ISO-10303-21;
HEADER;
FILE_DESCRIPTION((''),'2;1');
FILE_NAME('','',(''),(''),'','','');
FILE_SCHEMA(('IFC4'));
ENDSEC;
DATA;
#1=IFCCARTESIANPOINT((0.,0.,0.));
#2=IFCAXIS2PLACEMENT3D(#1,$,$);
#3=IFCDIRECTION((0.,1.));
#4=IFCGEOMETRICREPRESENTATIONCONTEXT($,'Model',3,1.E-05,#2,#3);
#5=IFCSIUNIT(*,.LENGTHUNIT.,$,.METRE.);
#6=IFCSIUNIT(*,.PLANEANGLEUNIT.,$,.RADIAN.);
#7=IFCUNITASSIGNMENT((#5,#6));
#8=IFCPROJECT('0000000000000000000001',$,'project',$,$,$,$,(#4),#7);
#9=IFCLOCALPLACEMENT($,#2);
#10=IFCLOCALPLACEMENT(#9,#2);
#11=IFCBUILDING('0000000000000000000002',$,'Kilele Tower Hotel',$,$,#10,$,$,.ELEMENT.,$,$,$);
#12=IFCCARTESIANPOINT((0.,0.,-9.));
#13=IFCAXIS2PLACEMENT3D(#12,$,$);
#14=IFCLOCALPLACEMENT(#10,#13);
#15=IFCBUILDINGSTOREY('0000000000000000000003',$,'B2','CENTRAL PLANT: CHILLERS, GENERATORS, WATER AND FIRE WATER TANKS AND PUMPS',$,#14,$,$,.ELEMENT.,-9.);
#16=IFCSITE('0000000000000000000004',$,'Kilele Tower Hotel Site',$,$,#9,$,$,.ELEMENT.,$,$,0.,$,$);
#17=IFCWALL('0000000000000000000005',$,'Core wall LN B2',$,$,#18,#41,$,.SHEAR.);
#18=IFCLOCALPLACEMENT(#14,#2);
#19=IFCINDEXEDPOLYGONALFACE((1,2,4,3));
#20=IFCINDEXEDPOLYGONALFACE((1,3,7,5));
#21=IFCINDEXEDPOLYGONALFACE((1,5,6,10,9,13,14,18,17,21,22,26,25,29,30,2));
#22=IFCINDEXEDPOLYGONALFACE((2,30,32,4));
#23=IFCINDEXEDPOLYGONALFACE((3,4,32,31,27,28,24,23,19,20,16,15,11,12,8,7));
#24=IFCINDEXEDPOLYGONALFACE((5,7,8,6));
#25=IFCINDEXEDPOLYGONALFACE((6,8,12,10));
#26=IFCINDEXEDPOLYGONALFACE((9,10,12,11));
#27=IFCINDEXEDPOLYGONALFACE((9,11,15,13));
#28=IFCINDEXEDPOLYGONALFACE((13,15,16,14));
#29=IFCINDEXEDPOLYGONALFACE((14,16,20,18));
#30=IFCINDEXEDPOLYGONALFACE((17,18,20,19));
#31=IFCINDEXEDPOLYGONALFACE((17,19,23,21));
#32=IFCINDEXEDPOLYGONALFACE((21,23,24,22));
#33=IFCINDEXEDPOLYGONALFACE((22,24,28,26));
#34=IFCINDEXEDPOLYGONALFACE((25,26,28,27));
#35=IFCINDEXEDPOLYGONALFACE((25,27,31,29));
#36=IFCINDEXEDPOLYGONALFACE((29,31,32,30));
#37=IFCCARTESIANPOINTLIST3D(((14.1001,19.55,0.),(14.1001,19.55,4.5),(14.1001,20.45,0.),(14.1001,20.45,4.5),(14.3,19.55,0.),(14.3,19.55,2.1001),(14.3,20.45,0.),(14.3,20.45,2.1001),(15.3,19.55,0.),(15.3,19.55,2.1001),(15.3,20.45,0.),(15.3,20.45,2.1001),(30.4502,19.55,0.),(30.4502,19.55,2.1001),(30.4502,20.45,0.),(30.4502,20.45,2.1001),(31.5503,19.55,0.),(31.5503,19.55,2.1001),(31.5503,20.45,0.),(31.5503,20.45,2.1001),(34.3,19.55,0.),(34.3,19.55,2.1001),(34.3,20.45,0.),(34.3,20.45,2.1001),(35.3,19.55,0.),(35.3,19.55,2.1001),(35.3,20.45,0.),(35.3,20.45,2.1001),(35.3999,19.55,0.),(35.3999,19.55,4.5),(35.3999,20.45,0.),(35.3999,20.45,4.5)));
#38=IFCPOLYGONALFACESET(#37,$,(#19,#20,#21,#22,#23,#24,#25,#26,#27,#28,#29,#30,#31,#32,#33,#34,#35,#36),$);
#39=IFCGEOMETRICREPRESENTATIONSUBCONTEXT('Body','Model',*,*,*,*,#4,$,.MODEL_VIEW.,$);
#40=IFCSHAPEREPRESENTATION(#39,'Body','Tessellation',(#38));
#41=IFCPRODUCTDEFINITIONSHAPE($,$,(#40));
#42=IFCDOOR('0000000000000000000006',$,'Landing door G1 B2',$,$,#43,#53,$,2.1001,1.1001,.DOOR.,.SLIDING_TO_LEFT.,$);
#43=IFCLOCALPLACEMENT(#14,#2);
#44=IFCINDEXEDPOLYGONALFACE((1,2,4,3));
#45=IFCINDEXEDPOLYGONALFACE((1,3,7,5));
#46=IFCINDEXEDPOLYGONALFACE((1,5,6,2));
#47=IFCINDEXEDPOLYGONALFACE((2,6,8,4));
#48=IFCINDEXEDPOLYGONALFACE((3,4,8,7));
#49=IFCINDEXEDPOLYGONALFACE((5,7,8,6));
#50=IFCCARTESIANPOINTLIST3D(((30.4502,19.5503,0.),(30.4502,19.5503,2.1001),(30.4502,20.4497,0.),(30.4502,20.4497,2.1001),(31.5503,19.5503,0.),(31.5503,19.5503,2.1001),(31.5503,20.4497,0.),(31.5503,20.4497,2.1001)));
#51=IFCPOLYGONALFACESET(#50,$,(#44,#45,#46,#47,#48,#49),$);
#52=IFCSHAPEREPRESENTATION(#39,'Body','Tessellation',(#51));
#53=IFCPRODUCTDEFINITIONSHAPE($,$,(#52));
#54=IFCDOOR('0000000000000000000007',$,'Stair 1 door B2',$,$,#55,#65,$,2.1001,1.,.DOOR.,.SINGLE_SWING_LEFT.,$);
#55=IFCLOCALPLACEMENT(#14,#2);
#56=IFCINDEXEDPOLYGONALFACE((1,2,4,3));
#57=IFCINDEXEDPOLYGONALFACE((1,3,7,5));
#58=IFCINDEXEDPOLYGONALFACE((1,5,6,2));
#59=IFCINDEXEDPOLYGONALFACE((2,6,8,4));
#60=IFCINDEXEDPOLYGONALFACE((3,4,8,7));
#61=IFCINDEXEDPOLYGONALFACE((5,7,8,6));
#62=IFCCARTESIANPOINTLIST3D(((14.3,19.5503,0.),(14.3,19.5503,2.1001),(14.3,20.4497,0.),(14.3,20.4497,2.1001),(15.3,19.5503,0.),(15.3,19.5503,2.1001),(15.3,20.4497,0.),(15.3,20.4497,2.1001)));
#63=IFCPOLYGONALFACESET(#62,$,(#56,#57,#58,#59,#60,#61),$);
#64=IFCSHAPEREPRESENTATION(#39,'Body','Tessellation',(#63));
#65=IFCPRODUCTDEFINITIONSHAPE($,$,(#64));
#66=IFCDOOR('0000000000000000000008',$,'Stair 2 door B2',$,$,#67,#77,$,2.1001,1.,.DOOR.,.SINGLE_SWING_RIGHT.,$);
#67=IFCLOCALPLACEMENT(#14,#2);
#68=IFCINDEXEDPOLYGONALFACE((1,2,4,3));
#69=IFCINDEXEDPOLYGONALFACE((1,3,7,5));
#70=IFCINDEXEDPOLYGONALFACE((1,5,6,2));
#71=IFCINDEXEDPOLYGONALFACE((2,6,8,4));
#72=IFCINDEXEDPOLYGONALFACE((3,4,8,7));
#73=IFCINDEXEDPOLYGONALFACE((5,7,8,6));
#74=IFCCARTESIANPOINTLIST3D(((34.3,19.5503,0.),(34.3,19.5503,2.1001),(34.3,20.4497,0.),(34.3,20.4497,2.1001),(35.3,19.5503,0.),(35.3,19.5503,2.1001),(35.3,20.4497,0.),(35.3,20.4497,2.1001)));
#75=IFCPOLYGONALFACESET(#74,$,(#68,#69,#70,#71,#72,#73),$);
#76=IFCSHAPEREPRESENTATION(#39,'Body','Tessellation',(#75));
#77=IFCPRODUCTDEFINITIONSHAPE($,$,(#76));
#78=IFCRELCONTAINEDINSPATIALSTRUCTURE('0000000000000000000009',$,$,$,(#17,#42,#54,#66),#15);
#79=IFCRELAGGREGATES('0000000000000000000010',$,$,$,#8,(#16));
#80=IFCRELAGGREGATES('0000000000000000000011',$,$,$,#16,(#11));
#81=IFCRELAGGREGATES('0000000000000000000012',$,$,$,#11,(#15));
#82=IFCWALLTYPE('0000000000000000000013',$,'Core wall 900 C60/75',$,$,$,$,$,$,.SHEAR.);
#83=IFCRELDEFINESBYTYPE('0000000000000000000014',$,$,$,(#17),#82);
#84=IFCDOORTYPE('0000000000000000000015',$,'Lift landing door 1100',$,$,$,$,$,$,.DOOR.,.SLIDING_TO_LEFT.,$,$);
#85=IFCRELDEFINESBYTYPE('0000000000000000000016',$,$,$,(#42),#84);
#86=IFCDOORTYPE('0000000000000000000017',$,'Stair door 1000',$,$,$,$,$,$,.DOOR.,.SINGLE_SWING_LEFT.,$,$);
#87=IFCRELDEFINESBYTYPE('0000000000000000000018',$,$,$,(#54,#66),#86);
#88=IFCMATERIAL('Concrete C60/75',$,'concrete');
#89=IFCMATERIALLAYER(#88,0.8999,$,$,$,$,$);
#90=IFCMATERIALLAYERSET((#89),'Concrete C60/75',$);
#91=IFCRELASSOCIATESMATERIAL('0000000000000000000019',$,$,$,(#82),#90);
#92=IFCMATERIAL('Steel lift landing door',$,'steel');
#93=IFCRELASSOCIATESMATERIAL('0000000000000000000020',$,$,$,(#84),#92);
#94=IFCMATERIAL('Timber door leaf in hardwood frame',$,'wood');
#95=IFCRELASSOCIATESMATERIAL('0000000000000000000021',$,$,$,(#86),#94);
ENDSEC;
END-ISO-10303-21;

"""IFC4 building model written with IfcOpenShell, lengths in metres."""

from ifc_helpers import new_model, si_unit, direction, frame, frame_2d, origin, place, context, subcontext, project, spatial, rectangle, extrude, material, layer, layer_set, type_object, element, fill, save


model = new_model("IFC4")

# Units and contexts
model_context = context("Model", 3, precision=1e-05, world=origin(), true_north=direction((0.0, 1.0)))
body_context = subcontext(model_context, "Body", "Model", "MODEL_VIEW")
ifc_project = project(units=[si_unit("LENGTHUNIT", "METRE"), si_unit("PLANEANGLEUNIT", "RADIAN")], contexts=[model_context])

# Site, building, storey
site_placement = place(None, origin())
site = spatial("IfcSite", under=ifc_project, at=site_placement, Name="Kilele Tower Hotel Site", CompositionType="ELEMENT", RefElevation=0.0)
building_placement = place(site_placement, origin())
building = spatial("IfcBuilding", under=site, at=building_placement, Name="Kilele Tower Hotel", CompositionType="ELEMENT")
storey_placement = place(building_placement, frame((0.0, 0.0, -9.0)))
storey = spatial("IfcBuildingStorey", under=building, at=storey_placement, Name="B2", Description="CENTRAL PLANT: CHILLERS, GENERATORS, WATER AND FIRE WATER TANKS AND PUMPS", CompositionType="ELEMENT", Elevation=-9.0)

# Shared definitions
ifc_material_1 = material(Name="Concrete C60/75", Category="concrete")
ifc_layer_1 = layer(ifc_material_1, 0.8999)
ifc_layer_set_1 = layer_set([ifc_layer_1], Name="Concrete C60/75")
wall_type_1 = type_object("IfcWallType", Name="Core wall 900 C60/75", PredefinedType="SHEAR", material=ifc_layer_set_1)

# Wall, openings, doors
ifc_material_2 = material(Name="Steel lift landing door", Category="steel")
door_type_1 = type_object("IfcDoorType", Name="Lift landing door 1100", OperationType="SLIDING_TO_LEFT", PredefinedType="DOOR", material=ifc_material_2)
wall_1_placement = place(storey_placement, frame((14.1001, 20.0, 0.0), z_axis=(0.0, 0.0, 1.0), x_axis=(1.0, 0.0, 0.0)))
wall_1 = element("IfcWall", 1, at=wall_1_placement, inside=storey, type_object=wall_type_1, Name="Core wall LN B2", PredefinedType="SHEAR", context=body_context, shape_type="SweptSolid", body=[
    extrude(rectangle(XDim=21.2998, YDim=0.8999, at=frame_2d((10.6499, 0.0))), origin(), (0.0, 0.0, 1.0), 4.5),
])
opening_1_placement = place(wall_1_placement, frame((0.2, 0.0, 0.0)))
opening_1 = element("IfcOpeningElement", 2, at=opening_1_placement, cuts=wall_1, PredefinedType="OPENING", context=body_context, shape_type="SweptSolid", body=[
    extrude(rectangle(XDim=1.0, YDim=2.1001, at=frame_2d((0.5, 1.05))), frame((0.0, 0.46, 0.0), z_axis=(0.0, -1.0, 0.0), x_axis=(1.0, 0.0, 0.0)), (0.0, 0.0, 1.0), 0.9199),
])
opening_2_placement = place(wall_1_placement, frame((20.2, 0.0, 0.0)))
opening_2 = element("IfcOpeningElement", 3, at=opening_2_placement, cuts=wall_1, PredefinedType="OPENING", context=body_context, shape_type="SweptSolid", body=[
    extrude(rectangle(XDim=1.0, YDim=2.1001, at=frame_2d((0.5, 1.05))), frame((0.0, 0.46, 0.0), z_axis=(0.0, -1.0, 0.0), x_axis=(1.0, 0.0, 0.0)), (0.0, 0.0, 1.0), 0.9199),
])
opening_3_placement = place(wall_1_placement, frame((16.3501, 0.0, 0.0)))
opening_3 = element("IfcOpeningElement", 4, at=opening_3_placement, cuts=wall_1, PredefinedType="OPENING", context=body_context, shape_type="SweptSolid", body=[
    extrude(rectangle(XDim=1.1001, YDim=2.1001, at=frame_2d((0.55, 1.05))), frame((0.0, 0.46, 0.0), z_axis=(0.0, -1.0, 0.0), x_axis=(1.0, 0.0, 0.0)), (0.0, 0.0, 1.0), 0.9199),
])
door_1_placement = place(opening_3_placement, origin())
door_1 = element("IfcDoor", 5, at=door_1_placement, inside=storey, type_object=door_type_1, Name="Landing door G1 B2", OperationType="SLIDING_TO_LEFT", OverallHeight=2.1001, OverallWidth=1.1001, PredefinedType="DOOR", context=body_context, shape_type="SweptSolid", body=[
    extrude(rectangle(XDim=1.1001, YDim=2.1001, at=frame_2d((0.55, 1.05))), frame((0.0, 0.4497, 0.0), z_axis=(0.0, -1.0, 0.0), x_axis=(1.0, 0.0, 0.0)), (0.0, 0.0, 1.0), 0.8994),
])
fill(opening_3, door_1)
ifc_material_3 = material(Name="Timber door leaf in hardwood frame", Category="wood")
door_type_2 = type_object("IfcDoorType", Name="Stair door 1000", OperationType="SINGLE_SWING_LEFT", PredefinedType="DOOR", material=ifc_material_3)
door_2_placement = place(opening_1_placement, origin())
door_2 = element("IfcDoor", 6, at=door_2_placement, inside=storey, type_object=door_type_2, Name="Stair 1 door B2", OperationType="SINGLE_SWING_LEFT", OverallHeight=2.1001, OverallWidth=1.0, PredefinedType="DOOR", context=body_context, shape_type="SweptSolid", body=[
    extrude(rectangle(XDim=1.0, YDim=2.1001, at=frame_2d((0.5, 1.05))), frame((0.0, 0.4497, 0.0), z_axis=(0.0, -1.0, 0.0), x_axis=(1.0, 0.0, 0.0)), (0.0, 0.0, 1.0), 0.8994),
])
fill(opening_1, door_2)
door_3_placement = place(opening_2_placement, origin())
door_3 = element("IfcDoor", 7, at=door_3_placement, inside=storey, type_object=door_type_2, Name="Stair 2 door B2", OperationType="SINGLE_SWING_RIGHT", OverallHeight=2.1001, OverallWidth=1.0, PredefinedType="DOOR", context=body_context, shape_type="SweptSolid", body=[
    extrude(rectangle(XDim=1.0, YDim=2.1001, at=frame_2d((0.5, 1.05))), frame((0.0, 0.4497, 0.0), z_axis=(0.0, -1.0, 0.0), x_axis=(1.0, 0.0, 0.0)), (0.0, 0.0, 1.0), 0.8994),
])
fill(opening_2, door_3)

save(model, "model.ifc")
